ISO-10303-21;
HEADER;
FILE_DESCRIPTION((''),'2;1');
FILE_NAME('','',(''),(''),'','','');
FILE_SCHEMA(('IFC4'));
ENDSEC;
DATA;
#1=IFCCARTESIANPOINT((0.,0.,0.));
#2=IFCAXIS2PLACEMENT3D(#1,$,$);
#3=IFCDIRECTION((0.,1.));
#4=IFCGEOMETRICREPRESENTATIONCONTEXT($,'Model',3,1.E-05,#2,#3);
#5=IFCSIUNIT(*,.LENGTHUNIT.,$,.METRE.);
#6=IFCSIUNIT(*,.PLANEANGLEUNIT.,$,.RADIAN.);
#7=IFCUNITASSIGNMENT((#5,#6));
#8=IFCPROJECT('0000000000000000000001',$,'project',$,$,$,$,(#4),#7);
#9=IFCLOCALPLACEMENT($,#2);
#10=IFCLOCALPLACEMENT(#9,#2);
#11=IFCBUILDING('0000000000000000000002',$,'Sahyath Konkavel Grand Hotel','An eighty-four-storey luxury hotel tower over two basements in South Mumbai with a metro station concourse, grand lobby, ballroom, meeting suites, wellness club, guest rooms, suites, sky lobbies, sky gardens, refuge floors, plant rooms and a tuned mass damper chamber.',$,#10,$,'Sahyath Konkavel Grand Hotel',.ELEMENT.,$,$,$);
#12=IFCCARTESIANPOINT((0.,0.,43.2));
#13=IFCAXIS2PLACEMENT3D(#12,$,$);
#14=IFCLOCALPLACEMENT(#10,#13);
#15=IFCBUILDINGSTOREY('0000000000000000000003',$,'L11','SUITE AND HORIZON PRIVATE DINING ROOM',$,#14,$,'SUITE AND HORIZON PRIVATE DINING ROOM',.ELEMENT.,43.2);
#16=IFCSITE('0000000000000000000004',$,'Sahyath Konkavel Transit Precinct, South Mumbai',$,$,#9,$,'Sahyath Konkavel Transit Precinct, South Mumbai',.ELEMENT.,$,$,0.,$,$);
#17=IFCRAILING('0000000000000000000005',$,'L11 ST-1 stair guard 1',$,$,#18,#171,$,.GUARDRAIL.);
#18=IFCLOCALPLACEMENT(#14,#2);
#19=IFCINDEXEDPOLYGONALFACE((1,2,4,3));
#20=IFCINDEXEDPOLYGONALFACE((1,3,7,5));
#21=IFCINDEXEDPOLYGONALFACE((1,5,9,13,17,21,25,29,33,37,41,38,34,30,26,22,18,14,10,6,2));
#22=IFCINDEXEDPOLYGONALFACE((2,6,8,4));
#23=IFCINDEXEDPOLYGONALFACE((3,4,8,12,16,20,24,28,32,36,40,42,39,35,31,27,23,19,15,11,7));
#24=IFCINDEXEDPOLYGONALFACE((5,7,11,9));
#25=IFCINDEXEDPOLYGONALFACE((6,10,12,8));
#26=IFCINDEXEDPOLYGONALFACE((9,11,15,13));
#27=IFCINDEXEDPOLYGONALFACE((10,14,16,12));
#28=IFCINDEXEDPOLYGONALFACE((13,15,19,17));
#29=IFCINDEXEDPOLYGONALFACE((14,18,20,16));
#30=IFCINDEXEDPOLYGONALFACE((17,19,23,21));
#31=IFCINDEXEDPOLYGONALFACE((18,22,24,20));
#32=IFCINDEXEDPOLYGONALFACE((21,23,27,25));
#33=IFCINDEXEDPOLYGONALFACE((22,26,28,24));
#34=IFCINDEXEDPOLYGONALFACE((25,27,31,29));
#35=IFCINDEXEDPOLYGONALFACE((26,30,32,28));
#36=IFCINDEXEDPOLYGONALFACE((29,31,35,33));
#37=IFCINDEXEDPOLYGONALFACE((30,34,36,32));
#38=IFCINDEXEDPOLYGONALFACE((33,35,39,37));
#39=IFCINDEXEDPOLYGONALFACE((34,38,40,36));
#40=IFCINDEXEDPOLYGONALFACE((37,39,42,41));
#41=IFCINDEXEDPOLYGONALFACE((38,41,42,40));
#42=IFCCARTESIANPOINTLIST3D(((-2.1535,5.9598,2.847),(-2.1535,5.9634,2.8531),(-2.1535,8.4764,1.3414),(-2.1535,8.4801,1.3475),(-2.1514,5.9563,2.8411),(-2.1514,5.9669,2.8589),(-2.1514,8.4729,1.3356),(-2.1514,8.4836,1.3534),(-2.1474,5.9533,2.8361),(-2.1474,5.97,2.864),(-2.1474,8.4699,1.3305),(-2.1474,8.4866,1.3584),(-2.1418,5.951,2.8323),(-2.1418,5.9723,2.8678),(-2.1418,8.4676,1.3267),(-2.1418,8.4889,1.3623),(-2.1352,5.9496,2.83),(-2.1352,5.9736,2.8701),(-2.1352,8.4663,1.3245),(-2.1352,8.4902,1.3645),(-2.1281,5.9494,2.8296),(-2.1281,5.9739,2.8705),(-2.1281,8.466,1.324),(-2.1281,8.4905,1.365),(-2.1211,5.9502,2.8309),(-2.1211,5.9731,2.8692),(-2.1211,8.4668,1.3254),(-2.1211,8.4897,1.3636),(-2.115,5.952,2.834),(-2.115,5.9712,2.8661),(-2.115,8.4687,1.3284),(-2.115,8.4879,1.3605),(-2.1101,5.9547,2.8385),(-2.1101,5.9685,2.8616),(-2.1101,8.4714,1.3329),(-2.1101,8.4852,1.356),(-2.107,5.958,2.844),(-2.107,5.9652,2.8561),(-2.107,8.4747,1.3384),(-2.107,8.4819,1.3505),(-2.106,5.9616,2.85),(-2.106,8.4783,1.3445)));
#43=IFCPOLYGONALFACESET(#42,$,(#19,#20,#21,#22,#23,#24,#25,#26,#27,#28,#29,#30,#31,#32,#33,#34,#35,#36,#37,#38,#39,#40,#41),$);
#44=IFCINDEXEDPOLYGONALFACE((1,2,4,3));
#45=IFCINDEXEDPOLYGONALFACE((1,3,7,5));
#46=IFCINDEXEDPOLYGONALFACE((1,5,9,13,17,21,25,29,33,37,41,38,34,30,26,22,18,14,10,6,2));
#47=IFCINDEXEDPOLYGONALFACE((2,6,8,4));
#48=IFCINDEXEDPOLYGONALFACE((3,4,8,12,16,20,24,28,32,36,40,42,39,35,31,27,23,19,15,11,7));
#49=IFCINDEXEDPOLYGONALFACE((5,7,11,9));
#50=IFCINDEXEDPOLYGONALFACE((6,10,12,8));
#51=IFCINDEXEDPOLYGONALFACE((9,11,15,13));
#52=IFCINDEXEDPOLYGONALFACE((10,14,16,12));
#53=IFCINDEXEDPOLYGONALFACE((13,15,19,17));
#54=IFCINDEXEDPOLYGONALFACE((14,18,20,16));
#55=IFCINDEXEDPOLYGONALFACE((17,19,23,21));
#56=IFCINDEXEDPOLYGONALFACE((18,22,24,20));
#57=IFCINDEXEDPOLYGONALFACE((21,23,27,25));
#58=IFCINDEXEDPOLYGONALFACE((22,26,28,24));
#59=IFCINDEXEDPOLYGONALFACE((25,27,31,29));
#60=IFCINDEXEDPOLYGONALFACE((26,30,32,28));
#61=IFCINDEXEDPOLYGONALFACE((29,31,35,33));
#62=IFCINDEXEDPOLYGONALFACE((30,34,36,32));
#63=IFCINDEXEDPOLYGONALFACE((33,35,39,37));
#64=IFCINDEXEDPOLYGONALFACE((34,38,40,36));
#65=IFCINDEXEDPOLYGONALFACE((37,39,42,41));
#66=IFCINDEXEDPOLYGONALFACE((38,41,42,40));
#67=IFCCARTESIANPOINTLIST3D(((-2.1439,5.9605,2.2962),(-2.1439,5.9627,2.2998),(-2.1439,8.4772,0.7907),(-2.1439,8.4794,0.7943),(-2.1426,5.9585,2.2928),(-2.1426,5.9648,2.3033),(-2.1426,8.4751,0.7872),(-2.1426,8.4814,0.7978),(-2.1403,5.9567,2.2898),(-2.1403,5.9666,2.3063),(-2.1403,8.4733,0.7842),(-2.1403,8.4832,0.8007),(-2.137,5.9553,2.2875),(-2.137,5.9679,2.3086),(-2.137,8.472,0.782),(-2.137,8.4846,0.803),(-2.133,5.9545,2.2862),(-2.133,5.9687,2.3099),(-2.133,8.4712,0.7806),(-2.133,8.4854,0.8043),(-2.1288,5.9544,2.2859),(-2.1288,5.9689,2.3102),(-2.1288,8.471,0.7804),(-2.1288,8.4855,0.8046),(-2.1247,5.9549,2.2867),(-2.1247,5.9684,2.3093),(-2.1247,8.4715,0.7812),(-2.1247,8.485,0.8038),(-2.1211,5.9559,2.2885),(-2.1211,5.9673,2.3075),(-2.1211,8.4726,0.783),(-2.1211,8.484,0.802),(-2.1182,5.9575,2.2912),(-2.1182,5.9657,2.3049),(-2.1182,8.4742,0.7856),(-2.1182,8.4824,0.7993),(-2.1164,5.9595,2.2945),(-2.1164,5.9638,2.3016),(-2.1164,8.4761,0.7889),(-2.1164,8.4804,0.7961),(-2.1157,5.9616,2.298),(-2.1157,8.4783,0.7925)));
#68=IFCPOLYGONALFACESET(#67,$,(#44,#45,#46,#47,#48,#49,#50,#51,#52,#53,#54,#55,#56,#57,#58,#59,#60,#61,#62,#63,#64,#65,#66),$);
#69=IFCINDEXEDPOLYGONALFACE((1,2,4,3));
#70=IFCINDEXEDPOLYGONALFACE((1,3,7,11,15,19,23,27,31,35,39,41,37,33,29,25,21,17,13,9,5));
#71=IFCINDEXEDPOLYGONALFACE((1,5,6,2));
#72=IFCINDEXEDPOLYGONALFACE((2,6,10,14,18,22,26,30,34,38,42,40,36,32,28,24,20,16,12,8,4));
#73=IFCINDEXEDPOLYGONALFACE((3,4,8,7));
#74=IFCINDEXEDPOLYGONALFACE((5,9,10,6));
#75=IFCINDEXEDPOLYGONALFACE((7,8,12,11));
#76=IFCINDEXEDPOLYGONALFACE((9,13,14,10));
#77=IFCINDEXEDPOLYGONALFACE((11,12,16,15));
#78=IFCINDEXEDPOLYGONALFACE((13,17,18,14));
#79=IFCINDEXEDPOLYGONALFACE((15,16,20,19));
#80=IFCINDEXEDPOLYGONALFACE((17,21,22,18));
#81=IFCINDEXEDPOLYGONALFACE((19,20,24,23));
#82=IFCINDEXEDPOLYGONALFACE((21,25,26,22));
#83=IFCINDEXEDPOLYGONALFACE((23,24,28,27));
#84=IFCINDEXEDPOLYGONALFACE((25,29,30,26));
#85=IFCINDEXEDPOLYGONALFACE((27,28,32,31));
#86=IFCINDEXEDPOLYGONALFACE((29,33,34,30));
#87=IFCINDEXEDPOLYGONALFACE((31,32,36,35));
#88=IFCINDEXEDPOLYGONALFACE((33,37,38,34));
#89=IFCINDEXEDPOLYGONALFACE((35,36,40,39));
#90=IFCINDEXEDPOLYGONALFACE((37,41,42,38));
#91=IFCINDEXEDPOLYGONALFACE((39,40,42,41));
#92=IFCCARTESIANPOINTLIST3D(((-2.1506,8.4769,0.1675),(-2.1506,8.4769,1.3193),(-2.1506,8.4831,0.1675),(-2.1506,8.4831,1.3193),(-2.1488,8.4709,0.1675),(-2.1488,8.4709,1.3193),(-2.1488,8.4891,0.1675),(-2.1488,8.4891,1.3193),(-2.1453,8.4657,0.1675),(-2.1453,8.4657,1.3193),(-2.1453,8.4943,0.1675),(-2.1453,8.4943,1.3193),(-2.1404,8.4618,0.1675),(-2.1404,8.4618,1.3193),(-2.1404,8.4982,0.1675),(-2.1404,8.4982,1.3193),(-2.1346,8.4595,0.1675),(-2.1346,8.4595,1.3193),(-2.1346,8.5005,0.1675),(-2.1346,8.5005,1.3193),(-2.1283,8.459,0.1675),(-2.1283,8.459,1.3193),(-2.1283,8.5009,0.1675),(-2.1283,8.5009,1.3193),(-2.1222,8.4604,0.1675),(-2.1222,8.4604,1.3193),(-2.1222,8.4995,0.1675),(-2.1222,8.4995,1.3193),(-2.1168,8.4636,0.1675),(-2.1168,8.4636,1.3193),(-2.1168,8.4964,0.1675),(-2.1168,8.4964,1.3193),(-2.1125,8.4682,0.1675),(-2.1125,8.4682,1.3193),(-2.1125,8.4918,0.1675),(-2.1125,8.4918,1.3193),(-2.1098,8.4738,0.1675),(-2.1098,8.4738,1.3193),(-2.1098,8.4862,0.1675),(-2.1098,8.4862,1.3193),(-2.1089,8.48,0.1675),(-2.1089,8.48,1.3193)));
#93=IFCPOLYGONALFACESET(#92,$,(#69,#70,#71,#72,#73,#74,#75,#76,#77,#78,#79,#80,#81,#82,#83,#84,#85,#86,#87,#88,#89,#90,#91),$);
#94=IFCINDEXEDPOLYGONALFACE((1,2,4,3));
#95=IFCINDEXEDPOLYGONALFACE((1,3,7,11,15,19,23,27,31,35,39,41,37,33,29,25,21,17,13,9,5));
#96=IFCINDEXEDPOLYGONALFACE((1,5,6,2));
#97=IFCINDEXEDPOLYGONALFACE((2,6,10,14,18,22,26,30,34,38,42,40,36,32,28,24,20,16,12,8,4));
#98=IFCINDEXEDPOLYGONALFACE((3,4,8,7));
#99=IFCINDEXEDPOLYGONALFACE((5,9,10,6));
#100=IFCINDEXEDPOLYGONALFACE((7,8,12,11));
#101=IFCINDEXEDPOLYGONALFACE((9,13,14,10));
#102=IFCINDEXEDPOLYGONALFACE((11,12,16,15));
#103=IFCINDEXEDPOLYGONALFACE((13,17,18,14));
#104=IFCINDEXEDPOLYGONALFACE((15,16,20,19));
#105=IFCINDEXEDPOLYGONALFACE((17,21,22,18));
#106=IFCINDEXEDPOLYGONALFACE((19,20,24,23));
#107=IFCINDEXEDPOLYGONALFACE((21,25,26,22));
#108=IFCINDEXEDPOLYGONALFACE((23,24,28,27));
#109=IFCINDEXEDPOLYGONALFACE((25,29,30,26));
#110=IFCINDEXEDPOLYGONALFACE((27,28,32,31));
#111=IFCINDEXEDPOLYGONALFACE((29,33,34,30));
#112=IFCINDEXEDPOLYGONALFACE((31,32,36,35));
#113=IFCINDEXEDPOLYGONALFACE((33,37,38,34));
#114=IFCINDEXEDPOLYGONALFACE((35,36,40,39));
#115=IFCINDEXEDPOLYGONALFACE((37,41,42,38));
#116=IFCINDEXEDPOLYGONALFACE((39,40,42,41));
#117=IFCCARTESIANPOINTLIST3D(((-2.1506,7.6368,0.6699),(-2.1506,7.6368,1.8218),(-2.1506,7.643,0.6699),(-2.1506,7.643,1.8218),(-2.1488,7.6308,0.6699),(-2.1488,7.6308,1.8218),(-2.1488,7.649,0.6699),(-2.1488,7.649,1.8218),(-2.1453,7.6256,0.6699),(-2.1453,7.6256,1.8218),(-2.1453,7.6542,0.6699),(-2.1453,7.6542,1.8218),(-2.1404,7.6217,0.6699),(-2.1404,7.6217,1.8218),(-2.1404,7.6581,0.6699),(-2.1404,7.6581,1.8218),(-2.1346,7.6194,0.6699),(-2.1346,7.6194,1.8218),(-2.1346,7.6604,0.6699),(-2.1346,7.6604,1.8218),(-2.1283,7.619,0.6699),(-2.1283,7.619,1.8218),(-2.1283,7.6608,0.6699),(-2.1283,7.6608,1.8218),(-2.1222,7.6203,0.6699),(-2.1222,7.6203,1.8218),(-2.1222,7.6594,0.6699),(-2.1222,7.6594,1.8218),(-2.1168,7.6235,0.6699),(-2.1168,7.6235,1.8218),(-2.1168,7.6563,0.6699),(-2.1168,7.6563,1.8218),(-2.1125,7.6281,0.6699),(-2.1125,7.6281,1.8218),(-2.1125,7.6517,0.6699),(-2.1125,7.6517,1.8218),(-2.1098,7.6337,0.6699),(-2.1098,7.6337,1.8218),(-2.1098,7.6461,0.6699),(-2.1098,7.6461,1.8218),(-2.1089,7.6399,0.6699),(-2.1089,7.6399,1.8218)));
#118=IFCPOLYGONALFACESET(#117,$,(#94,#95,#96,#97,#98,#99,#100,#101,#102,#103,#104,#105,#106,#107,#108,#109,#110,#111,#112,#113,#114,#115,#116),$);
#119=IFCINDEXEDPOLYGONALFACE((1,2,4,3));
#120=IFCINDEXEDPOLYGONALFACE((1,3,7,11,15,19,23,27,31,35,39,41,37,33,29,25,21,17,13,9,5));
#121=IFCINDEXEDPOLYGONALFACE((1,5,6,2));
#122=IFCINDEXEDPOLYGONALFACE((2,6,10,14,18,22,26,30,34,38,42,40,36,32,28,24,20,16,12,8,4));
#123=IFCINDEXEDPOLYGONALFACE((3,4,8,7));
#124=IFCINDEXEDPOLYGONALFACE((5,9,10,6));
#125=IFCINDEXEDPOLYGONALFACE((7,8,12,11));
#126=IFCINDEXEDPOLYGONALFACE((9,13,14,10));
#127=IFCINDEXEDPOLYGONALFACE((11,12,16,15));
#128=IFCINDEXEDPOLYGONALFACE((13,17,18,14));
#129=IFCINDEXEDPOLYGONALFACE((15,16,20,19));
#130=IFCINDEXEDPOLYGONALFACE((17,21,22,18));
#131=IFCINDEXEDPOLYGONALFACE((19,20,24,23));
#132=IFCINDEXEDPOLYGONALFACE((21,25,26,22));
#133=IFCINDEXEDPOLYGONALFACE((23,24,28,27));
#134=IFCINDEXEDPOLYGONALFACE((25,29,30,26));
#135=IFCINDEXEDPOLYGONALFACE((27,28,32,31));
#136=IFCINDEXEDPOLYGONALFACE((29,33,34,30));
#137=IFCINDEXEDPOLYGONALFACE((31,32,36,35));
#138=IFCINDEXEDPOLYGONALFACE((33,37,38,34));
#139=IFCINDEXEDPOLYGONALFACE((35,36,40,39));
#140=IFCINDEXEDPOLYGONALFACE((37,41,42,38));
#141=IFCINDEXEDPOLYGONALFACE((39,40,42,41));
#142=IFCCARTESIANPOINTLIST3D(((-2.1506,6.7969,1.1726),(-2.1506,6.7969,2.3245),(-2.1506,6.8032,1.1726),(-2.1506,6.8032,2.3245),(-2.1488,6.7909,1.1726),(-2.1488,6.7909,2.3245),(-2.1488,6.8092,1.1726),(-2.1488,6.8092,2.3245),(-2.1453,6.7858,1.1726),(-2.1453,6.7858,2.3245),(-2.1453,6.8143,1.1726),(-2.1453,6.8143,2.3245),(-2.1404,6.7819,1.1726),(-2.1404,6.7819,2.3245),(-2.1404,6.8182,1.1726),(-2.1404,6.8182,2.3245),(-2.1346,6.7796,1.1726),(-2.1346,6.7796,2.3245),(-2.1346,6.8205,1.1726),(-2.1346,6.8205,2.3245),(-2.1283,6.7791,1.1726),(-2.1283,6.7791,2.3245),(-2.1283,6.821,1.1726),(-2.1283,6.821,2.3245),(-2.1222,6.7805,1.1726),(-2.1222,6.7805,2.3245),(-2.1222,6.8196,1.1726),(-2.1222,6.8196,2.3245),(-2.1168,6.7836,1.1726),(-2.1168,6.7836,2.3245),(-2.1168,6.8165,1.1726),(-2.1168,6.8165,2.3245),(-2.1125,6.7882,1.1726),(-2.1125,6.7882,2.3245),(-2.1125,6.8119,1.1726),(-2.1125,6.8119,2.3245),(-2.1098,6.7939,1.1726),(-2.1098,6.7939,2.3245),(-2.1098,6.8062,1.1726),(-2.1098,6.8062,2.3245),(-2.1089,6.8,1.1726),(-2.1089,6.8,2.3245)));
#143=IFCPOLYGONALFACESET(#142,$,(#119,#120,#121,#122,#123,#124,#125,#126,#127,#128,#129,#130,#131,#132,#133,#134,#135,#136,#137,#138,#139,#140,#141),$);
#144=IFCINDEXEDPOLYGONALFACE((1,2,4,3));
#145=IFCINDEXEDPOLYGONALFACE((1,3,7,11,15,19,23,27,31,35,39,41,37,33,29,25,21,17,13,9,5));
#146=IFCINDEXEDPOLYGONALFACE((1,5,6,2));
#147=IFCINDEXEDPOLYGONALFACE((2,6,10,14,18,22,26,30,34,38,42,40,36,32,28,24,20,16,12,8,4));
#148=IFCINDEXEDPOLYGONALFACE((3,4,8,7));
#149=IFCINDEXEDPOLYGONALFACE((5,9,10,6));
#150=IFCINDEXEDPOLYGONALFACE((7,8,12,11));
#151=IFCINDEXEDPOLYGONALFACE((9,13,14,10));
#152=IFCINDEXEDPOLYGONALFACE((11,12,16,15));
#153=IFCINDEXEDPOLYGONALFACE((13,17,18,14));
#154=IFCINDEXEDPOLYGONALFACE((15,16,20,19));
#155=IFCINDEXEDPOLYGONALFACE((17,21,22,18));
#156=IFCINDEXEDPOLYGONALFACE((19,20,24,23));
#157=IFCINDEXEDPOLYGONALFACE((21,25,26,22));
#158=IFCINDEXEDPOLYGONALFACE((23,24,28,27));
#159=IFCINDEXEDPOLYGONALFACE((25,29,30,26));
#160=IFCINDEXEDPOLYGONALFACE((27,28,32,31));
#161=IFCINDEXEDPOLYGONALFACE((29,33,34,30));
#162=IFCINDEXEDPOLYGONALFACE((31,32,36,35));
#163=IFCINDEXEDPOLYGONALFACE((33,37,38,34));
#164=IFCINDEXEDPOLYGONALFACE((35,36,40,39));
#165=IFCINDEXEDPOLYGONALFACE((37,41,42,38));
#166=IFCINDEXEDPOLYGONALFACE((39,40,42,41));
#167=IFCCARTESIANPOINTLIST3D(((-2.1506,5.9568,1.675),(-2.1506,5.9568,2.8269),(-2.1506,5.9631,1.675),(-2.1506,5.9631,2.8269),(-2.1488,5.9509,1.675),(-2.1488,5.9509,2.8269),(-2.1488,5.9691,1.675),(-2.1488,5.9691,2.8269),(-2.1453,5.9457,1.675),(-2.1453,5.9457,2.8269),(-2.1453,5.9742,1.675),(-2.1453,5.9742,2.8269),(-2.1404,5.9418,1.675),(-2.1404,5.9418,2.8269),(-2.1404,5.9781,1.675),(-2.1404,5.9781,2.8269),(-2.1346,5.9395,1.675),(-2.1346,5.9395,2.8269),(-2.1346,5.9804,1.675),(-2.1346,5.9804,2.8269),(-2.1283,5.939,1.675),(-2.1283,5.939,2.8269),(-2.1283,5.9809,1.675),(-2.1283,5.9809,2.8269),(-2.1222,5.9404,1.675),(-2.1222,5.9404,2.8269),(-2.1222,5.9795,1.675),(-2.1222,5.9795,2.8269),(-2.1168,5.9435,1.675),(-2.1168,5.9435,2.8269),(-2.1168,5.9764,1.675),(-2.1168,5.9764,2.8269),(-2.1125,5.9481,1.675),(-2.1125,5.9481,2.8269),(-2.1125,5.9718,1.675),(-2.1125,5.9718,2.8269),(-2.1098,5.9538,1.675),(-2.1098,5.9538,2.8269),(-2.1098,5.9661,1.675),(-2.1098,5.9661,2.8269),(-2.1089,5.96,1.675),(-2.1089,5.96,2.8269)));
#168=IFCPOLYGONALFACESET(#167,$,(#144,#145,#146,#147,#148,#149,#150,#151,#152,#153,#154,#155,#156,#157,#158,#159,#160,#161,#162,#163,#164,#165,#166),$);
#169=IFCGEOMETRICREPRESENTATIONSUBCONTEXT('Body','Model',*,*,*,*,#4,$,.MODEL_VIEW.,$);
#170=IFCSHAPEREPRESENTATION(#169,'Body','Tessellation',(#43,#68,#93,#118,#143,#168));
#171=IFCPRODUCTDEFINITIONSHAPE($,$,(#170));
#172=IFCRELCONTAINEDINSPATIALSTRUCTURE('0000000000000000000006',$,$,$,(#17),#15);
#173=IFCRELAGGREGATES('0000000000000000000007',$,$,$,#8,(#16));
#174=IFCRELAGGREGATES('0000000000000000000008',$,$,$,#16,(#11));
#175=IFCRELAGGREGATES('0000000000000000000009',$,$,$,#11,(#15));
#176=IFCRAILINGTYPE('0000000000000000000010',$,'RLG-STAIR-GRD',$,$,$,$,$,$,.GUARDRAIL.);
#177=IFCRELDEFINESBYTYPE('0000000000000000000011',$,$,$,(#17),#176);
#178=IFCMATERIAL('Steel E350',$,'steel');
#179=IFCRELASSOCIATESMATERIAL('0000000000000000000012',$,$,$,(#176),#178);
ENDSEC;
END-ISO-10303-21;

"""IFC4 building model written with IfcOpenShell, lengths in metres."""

from ifc_helpers import new_model, si_unit, direction, frame, origin, origin_2d, place, context, subcontext, project, spatial, circle, extrude, material, type_object, element, save


model = new_model("IFC4")

# Units and contexts
model_context = context("Model", 3, precision=1e-05, world=origin(), true_north=direction((0.0, 1.0)))
body_context = subcontext(model_context, "Body", "Model", "MODEL_VIEW")
ifc_project = project(units=[si_unit("LENGTHUNIT", "METRE"), si_unit("PLANEANGLEUNIT", "RADIAN")], contexts=[model_context])

# Site, building, storey
site_placement = place(None, origin())
site = spatial("IfcSite", under=ifc_project, at=site_placement, Name="Sahyath Konkavel Transit Precinct, South Mumbai", LongName="Sahyath Konkavel Transit Precinct, South Mumbai", CompositionType="ELEMENT", RefElevation=0.0)
building_placement = place(site_placement, origin())
building = spatial("IfcBuilding", under=site, at=building_placement, Name="Sahyath Konkavel Grand Hotel", Description="An eighty-four-storey luxury hotel tower over two basements in South Mumbai with a metro station concourse, grand lobby, ballroom, meeting suites, wellness club, guest rooms, suites, sky lobbies, sky gardens, refuge floors, plant rooms and a tuned mass damper chamber.", LongName="Sahyath Konkavel Grand Hotel", CompositionType="ELEMENT")
storey_placement = place(building_placement, frame((0.0, 0.0, 43.2)))
storey = spatial("IfcBuildingStorey", under=building, at=storey_placement, Name="L11", Description="SUITE AND HORIZON PRIVATE DINING ROOM", LongName="SUITE AND HORIZON PRIVATE DINING ROOM", CompositionType="ELEMENT", Elevation=43.2)

# Shared definitions
ifc_material_1 = material(Name="Steel E350", Category="steel")

# Railing
railing_type_1 = type_object("IfcRailingType", Name="RLG-STAIR-GRD", PredefinedType="GUARDRAIL", material=ifc_material_1)
railing_1_placement = place(storey_placement, frame((-2.1299, 8.48, 0.1675)))
element("IfcRailing", 1, at=railing_1_placement, inside=storey, type_object=railing_type_1, Name="L11 ST-1 stair guard 1", PredefinedType="GUARDRAIL", context=body_context, shape_type="SweptSolid", body=[
    extrude(circle(Radius=0.0239, at=origin_2d()), frame((0.0, -0.0017, 1.177), z_axis=(0.0, -0.85816, 0.513383), x_axis=(1.0, 0.0, 0.0)), (0.0, 0.0, 1.0), 2.9326),
    extrude(circle(Radius=0.0142, at=origin_2d()), frame((0.0, -0.0017, 0.625), z_axis=(0.0, -0.85816, 0.513383), x_axis=(1.0, 0.0, 0.0)), (0.0, 0.0, 1.0), 2.9326),
    extrude(circle(Radius=0.021, at=origin_2d()), origin(), (0.0, 0.0, 1.0), 1.1519),
    extrude(circle(Radius=0.021, at=origin_2d()), frame((0.0, -0.8401, 0.5024)), (0.0, 0.0, 1.0), 1.1519),
    extrude(circle(Radius=0.021, at=origin_2d()), frame((0.0, -1.6799, 1.0051)), (0.0, 0.0, 1.0), 1.1519),
    extrude(circle(Radius=0.021, at=origin_2d()), frame((0.0, -2.52, 1.5076)), (0.0, 0.0, 1.0), 1.1519),
])

save(model, "model.ifc")
